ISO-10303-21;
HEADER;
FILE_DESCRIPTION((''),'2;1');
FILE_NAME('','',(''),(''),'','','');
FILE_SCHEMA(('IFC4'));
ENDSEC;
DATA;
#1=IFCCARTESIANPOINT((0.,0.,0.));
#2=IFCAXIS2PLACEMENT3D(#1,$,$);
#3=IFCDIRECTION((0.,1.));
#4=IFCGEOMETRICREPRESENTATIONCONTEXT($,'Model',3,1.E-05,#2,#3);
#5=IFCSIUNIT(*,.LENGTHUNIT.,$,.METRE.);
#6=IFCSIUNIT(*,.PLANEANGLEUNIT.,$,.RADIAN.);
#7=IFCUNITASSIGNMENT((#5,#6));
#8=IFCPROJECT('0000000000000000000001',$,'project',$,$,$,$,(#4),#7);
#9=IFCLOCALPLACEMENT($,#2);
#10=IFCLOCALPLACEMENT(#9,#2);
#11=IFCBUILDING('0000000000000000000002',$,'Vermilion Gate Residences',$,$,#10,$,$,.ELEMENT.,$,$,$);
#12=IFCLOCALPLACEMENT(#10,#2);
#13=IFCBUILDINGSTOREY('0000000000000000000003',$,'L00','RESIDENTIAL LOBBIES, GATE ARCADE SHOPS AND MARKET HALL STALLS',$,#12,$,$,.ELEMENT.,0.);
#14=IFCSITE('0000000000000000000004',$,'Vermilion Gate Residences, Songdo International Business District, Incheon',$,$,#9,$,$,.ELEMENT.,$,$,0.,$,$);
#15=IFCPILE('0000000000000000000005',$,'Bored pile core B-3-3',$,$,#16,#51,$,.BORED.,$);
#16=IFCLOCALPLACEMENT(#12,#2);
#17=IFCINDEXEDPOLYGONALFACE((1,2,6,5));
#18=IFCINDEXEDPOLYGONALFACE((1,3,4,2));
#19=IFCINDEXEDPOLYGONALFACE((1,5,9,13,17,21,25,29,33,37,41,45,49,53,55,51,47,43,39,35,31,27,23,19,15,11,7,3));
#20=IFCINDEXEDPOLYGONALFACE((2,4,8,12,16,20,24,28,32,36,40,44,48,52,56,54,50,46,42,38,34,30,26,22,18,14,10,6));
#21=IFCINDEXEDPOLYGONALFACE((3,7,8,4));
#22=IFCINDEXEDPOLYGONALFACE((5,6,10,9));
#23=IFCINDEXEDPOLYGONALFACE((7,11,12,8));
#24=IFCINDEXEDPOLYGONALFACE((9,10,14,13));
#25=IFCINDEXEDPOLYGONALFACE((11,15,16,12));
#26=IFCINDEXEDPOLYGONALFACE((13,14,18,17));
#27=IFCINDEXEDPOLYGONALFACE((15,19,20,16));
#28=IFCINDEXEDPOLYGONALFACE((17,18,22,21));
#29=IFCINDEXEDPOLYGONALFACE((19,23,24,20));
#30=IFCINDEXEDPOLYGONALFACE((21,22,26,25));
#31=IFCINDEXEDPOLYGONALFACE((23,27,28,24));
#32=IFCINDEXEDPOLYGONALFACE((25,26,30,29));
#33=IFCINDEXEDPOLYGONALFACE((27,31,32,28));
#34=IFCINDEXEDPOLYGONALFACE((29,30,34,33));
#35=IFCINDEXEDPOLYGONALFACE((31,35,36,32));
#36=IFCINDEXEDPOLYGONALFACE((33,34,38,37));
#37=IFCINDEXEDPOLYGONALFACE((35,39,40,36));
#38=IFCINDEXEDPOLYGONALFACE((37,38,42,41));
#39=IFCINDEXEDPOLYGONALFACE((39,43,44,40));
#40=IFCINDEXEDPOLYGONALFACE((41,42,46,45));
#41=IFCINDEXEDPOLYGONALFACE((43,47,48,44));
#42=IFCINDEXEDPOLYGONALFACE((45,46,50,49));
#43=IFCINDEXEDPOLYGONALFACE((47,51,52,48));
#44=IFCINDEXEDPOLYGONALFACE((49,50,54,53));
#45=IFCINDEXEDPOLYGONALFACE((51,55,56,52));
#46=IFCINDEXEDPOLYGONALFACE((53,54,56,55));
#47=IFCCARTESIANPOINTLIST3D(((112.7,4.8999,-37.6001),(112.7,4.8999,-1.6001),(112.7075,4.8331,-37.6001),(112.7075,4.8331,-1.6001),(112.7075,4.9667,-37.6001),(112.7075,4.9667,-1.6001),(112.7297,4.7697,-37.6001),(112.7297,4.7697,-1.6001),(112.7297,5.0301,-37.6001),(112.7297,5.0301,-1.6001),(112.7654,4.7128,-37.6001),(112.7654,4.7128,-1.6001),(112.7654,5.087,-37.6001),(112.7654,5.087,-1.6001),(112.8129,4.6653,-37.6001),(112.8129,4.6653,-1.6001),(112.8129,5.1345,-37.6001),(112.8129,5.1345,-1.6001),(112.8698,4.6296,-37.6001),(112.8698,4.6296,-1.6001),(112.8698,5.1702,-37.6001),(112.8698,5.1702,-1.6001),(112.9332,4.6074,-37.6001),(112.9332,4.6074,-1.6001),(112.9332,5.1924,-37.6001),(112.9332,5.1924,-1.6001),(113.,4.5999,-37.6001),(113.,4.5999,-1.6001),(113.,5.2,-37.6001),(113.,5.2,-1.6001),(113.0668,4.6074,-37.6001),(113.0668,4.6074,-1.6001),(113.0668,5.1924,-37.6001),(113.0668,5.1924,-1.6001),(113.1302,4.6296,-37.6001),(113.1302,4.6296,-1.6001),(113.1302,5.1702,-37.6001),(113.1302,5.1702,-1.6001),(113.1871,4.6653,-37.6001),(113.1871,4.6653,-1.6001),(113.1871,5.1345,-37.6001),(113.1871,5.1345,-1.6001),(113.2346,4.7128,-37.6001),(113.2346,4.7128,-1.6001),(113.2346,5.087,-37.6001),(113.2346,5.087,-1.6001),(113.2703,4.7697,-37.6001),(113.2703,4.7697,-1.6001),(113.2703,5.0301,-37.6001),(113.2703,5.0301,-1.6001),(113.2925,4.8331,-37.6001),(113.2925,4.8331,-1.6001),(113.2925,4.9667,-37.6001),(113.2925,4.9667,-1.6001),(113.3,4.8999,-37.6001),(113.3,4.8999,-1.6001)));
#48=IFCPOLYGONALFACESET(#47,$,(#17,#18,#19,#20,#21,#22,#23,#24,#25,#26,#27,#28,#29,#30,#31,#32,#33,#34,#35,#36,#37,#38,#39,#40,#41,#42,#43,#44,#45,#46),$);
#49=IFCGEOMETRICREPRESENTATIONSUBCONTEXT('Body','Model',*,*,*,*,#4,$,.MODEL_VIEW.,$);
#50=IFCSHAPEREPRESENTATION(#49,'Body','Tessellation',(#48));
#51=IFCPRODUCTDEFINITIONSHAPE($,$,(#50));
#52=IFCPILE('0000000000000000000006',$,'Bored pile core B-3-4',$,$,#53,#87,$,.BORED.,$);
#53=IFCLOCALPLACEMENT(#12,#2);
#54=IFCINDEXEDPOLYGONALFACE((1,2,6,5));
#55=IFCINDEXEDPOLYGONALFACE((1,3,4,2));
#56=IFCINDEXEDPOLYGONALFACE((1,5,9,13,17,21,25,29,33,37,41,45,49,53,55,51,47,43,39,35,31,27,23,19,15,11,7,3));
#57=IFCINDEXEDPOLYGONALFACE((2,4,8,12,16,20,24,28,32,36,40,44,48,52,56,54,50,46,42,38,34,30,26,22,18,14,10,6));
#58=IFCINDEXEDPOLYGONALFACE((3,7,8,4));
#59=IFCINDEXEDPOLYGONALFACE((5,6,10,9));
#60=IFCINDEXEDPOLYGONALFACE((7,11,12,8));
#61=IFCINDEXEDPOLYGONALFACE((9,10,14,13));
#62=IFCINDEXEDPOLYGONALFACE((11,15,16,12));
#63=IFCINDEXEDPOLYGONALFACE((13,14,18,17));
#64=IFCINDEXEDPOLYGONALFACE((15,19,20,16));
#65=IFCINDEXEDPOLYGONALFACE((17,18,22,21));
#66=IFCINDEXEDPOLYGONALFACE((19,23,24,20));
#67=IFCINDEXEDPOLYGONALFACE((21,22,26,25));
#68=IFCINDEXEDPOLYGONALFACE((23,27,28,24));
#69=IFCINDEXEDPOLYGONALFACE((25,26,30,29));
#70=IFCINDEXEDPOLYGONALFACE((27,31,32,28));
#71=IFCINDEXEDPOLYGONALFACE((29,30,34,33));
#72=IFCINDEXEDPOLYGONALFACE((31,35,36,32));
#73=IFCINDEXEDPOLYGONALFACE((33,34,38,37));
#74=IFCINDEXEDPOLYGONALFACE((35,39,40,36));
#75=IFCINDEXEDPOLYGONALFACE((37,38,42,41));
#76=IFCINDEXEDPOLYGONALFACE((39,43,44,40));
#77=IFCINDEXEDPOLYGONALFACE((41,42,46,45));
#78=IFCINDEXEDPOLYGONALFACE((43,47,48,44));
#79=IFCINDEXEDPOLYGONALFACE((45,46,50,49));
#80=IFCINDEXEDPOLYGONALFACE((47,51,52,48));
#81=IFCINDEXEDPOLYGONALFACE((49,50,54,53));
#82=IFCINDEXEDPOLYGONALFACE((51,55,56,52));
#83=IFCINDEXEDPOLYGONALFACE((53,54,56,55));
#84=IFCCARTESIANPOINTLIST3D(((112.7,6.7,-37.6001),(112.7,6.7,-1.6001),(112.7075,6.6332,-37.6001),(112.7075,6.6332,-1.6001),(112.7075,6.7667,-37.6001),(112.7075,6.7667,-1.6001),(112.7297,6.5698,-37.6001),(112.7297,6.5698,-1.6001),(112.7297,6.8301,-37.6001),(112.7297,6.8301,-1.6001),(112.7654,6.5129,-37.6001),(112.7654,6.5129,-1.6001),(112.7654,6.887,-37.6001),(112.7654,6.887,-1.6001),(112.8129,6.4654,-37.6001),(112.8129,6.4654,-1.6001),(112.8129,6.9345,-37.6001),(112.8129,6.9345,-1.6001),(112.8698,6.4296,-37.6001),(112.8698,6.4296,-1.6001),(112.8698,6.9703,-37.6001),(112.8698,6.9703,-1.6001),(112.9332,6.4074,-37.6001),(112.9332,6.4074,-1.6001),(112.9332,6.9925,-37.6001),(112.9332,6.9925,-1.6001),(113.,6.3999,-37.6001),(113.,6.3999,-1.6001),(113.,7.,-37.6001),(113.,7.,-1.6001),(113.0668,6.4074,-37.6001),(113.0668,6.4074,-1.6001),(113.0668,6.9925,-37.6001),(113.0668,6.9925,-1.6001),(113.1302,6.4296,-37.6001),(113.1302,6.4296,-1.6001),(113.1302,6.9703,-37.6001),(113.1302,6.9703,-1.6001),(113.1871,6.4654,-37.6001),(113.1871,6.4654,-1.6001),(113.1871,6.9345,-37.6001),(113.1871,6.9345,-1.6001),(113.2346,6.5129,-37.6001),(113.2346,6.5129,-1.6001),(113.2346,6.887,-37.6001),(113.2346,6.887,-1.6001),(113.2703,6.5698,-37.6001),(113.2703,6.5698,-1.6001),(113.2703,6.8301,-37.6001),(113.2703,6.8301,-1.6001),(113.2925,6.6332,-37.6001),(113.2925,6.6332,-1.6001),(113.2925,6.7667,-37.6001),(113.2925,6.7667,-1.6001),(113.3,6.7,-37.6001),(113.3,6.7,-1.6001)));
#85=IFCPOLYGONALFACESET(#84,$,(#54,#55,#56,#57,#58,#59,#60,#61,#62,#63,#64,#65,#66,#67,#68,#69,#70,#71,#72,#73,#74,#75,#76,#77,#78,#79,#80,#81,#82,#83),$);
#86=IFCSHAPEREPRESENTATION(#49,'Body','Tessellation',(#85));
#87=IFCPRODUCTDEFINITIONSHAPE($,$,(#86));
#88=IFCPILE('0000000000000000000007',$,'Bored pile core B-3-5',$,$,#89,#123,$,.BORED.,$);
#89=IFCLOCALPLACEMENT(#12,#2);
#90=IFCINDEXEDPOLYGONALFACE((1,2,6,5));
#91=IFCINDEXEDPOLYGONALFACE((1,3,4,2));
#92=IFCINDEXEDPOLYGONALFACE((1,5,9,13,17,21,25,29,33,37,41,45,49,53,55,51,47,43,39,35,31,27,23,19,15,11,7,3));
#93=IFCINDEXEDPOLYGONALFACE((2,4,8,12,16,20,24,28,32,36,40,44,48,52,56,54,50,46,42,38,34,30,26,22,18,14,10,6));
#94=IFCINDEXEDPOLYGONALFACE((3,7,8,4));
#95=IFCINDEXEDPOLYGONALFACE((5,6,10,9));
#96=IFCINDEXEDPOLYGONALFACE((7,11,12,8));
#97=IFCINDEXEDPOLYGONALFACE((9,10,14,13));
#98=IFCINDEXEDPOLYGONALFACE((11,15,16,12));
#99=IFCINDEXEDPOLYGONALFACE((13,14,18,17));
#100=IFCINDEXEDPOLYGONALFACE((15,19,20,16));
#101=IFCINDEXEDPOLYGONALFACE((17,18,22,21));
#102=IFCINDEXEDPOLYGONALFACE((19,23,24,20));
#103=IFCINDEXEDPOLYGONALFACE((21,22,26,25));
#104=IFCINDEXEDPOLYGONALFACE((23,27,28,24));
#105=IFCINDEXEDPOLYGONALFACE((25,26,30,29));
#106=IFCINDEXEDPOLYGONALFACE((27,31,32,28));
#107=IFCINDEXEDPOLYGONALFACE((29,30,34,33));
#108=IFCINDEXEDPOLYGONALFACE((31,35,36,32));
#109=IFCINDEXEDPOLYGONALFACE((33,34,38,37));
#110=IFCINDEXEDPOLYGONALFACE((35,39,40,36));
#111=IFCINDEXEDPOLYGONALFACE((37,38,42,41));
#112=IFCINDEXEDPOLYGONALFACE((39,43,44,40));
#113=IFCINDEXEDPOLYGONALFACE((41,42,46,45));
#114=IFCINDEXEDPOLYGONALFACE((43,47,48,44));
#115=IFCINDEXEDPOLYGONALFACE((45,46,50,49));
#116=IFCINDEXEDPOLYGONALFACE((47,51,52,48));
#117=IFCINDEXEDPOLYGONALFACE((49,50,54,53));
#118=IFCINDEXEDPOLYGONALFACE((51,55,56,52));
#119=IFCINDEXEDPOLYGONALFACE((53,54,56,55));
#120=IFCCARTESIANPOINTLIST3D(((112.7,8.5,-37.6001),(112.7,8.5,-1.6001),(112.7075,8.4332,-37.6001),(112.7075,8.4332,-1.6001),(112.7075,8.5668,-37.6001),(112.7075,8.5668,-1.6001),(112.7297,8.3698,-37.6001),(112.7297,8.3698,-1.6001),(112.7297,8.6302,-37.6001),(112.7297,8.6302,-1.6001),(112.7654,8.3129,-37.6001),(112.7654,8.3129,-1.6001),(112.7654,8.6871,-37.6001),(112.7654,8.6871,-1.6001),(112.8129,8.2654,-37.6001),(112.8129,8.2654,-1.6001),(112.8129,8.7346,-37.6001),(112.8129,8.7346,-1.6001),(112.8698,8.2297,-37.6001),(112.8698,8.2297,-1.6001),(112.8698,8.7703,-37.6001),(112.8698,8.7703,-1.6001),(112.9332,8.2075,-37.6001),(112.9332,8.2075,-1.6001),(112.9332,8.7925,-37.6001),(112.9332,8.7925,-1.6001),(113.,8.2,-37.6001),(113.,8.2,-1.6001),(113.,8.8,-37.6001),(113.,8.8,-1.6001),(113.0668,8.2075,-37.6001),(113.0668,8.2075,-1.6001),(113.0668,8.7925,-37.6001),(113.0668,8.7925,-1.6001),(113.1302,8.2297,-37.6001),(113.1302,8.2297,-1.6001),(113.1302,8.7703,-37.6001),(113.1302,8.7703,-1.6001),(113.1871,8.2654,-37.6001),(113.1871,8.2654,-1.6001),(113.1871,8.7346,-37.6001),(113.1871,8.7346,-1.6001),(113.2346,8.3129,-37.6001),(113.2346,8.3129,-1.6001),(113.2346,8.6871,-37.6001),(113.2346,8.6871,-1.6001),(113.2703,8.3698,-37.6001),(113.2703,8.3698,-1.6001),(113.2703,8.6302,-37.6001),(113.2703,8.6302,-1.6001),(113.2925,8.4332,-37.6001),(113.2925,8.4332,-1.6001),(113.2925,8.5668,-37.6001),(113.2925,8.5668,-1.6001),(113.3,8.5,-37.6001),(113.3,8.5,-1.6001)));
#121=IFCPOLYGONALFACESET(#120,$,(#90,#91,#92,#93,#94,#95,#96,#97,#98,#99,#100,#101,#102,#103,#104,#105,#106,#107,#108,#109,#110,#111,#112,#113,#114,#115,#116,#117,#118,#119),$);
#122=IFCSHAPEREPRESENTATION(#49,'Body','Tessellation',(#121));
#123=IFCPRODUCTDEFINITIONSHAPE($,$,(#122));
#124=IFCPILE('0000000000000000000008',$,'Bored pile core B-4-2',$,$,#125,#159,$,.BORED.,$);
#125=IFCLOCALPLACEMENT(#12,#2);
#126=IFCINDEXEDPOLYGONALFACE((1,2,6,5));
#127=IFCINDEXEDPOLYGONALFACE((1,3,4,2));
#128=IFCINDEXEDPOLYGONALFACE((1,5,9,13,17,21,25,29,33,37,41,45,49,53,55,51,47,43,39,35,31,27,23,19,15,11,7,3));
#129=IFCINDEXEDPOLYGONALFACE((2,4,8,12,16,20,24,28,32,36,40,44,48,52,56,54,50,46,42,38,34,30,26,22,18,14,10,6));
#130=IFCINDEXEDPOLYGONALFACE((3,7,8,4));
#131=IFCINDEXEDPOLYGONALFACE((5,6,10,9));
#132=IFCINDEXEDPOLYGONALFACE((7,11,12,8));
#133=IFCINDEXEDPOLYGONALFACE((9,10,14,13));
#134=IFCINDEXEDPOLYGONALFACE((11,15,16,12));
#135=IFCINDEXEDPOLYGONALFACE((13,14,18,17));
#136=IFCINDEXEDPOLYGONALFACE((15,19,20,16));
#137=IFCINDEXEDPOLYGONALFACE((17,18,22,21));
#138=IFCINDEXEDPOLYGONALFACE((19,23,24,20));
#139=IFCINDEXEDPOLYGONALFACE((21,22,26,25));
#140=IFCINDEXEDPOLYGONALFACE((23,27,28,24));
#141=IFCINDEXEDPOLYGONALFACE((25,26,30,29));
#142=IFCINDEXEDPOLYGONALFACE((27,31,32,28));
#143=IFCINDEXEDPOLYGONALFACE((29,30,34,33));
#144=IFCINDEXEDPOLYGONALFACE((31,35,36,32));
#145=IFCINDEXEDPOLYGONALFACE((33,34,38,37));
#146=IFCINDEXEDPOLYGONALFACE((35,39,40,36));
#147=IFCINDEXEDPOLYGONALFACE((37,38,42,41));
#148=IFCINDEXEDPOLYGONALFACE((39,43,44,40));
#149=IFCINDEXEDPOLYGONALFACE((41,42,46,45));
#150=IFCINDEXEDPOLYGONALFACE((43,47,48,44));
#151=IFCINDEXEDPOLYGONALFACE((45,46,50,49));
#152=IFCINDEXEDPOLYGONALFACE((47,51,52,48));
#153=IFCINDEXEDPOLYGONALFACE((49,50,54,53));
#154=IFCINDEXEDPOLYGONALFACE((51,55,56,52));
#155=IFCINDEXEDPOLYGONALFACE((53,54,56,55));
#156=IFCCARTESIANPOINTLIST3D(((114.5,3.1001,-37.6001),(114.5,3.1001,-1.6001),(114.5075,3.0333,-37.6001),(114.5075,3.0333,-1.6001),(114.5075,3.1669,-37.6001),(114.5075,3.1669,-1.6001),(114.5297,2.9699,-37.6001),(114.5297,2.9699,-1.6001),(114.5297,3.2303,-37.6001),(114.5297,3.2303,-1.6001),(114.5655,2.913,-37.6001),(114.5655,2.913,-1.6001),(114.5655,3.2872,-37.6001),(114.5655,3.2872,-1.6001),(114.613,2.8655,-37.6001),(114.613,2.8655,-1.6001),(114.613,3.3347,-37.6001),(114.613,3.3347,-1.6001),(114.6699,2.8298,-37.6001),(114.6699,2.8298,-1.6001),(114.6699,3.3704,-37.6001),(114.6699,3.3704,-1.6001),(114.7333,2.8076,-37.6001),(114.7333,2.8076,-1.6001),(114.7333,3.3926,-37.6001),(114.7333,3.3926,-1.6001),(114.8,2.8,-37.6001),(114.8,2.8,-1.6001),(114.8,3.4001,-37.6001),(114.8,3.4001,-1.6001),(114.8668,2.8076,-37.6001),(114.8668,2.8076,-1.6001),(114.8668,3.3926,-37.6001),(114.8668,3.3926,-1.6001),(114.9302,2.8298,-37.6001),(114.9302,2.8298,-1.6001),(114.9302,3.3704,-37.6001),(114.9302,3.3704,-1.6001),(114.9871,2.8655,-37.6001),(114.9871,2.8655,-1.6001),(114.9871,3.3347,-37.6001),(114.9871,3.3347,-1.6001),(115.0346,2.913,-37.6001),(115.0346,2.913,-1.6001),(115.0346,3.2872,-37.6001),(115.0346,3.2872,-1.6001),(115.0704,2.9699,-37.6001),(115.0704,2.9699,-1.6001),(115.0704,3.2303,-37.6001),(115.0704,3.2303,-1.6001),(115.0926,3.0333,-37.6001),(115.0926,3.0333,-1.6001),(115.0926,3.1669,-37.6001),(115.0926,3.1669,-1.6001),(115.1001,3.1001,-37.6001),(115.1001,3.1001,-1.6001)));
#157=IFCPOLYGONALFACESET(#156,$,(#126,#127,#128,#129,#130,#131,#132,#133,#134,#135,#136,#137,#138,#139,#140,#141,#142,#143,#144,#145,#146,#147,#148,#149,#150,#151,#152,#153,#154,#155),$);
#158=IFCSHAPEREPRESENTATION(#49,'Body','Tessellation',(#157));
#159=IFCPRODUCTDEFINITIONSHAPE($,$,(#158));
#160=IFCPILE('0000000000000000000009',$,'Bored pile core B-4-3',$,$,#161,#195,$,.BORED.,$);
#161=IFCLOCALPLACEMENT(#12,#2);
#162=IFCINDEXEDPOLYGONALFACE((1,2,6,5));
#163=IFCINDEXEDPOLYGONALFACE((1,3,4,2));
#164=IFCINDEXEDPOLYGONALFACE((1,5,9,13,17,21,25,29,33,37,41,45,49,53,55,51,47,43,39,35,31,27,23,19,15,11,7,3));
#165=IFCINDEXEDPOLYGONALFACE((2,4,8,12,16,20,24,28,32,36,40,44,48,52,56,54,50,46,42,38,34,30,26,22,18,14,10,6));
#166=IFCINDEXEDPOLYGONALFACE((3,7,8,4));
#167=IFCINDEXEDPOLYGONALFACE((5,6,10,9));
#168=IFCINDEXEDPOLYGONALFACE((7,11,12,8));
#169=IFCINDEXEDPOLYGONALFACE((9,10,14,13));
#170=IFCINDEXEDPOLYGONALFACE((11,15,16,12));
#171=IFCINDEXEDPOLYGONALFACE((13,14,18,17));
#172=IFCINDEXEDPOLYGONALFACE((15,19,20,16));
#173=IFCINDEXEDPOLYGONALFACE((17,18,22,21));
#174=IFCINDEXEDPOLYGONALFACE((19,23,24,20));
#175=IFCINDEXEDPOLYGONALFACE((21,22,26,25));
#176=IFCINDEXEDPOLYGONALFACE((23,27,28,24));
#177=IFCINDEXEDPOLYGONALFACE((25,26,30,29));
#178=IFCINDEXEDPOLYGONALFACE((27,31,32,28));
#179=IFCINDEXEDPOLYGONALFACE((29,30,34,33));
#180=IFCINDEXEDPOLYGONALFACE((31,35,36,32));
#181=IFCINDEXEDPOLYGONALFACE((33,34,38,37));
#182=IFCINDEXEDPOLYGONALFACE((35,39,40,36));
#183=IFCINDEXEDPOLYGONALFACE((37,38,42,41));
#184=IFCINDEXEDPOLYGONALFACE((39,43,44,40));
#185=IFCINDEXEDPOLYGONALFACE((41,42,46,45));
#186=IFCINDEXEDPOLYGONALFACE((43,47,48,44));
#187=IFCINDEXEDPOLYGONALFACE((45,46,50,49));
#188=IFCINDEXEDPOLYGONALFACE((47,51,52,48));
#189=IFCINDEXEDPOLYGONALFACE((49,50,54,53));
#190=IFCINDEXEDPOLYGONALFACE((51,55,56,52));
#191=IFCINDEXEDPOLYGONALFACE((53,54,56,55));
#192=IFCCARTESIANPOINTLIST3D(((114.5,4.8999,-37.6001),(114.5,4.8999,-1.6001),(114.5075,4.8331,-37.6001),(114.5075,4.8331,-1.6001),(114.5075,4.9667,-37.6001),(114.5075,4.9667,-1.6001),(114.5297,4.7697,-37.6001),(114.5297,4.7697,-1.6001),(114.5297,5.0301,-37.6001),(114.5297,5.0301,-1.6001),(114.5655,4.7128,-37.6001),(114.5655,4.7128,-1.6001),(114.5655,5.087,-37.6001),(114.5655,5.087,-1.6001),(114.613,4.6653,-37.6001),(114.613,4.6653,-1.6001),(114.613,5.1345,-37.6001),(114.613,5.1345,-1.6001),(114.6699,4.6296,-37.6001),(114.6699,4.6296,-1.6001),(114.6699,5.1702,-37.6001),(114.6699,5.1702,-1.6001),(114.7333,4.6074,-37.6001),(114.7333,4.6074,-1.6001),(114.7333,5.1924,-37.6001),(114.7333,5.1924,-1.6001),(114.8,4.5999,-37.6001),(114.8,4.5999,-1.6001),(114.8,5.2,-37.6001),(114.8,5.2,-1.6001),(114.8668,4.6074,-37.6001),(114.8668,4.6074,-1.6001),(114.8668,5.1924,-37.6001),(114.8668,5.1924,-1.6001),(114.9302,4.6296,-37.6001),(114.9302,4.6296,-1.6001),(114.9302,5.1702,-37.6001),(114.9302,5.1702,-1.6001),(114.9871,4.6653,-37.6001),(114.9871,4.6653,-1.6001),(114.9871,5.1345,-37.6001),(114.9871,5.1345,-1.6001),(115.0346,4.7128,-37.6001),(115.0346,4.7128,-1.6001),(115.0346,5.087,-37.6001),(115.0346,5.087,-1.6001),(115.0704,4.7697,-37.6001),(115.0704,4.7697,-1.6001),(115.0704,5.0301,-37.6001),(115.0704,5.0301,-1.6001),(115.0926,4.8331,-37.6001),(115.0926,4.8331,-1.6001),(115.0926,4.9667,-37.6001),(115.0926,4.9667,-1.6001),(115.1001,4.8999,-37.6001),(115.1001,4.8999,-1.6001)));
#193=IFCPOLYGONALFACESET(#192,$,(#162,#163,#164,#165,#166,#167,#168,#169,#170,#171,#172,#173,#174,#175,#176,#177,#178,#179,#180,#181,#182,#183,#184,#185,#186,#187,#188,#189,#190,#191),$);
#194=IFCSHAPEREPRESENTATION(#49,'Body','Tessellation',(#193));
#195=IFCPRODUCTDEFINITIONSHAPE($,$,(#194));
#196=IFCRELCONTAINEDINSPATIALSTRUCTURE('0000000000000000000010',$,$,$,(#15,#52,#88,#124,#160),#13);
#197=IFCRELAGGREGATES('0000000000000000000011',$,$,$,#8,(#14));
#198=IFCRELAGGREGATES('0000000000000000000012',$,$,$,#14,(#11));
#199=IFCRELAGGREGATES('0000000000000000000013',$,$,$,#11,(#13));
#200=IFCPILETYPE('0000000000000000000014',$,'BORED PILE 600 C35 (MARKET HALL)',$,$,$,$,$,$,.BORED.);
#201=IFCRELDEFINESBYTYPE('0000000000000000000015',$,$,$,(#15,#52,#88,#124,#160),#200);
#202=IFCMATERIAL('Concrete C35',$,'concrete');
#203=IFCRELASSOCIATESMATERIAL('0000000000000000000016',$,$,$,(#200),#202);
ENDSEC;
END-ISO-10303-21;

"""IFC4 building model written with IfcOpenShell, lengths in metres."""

from ifc_helpers import new_model, si_unit, direction, frame, origin, origin_2d, place, context, subcontext, project, spatial, circle, extrude, material, material_profile, profile_set, type_object, element, save


model = new_model("IFC4")

# Units and contexts
model_context = context("Model", 3, precision=1e-05, world=origin(), true_north=direction((0.0, 1.0)))
body_context = subcontext(model_context, "Body", "Model", "MODEL_VIEW")
ifc_project = project(units=[si_unit("LENGTHUNIT", "METRE"), si_unit("PLANEANGLEUNIT", "RADIAN")], contexts=[model_context])

# Site, building, storey
site_placement = place(None, origin())
site = spatial("IfcSite", under=ifc_project, at=site_placement, Name="Vermilion Gate Residences, Songdo International Business District, Incheon", CompositionType="ELEMENT", RefElevation=0.0)
building_placement = place(site_placement, origin())
building = spatial("IfcBuilding", under=site, at=building_placement, Name="Vermilion Gate Residences", CompositionType="ELEMENT")
storey_placement = place(building_placement, origin())
storey = spatial("IfcBuildingStorey", under=building, at=storey_placement, Name="L00", Description="RESIDENTIAL LOBBIES, GATE ARCADE SHOPS AND MARKET HALL STALLS", CompositionType="ELEMENT", Elevation=0.0)

# Piles
ifc_material_1 = material(Name="Concrete C35", Category="concrete")
ifc_material_profile_1 = material_profile(ifc_material_1, circle(Radius=0.3, at=origin_2d()), Name="BORED PILE 600 C35 (MARKET HALL)")
ifc_profile_set_1 = profile_set([ifc_material_profile_1], Name="Concrete C35")
pile_type = type_object("IfcPileType", Name="BORED PILE 600 C35 (MARKET HALL)", PredefinedType="BORED", material=ifc_profile_set_1)
for number, where, z_axis, x_axis, name in (
    (1, (113.0, 4.8999, -1.6001), (0.0, 0.0, -1.0), (1.0, 0.0, 0.0), "Bored pile core B-3-3"),
    (2, (113.0, 6.7, -1.6001), (0.0, 0.0, -1.0), (1.0, 0.0, 0.0), "Bored pile core B-3-4"),
    (3, (113.0, 8.5, -1.6001), (0.0, 0.0, -1.0), (1.0, 0.0, 0.0), "Bored pile core B-3-5"),
    (4, (114.8, 3.1001, -1.6001), (0.0, 0.0, -1.0), (1.0, 0.0, 0.0), "Bored pile core B-4-2"),
    (5, (114.8, 4.8999, -1.6001), (0.0, 0.0, -1.0), (1.0, 0.0, 0.0), "Bored pile core B-4-3"),
):
    element("IfcPile", number, at=place(storey_placement, frame(where, z_axis=z_axis, x_axis=x_axis)), inside=storey, type_object=pile_type, Name=name, PredefinedType="BORED", context=body_context, shape_type="SweptSolid", body=[
        extrude(circle(Radius=0.3, at=origin_2d()), origin(), (0.0, 0.0, 1.0), 36.0),
    ])

save(model, "model.ifc")
